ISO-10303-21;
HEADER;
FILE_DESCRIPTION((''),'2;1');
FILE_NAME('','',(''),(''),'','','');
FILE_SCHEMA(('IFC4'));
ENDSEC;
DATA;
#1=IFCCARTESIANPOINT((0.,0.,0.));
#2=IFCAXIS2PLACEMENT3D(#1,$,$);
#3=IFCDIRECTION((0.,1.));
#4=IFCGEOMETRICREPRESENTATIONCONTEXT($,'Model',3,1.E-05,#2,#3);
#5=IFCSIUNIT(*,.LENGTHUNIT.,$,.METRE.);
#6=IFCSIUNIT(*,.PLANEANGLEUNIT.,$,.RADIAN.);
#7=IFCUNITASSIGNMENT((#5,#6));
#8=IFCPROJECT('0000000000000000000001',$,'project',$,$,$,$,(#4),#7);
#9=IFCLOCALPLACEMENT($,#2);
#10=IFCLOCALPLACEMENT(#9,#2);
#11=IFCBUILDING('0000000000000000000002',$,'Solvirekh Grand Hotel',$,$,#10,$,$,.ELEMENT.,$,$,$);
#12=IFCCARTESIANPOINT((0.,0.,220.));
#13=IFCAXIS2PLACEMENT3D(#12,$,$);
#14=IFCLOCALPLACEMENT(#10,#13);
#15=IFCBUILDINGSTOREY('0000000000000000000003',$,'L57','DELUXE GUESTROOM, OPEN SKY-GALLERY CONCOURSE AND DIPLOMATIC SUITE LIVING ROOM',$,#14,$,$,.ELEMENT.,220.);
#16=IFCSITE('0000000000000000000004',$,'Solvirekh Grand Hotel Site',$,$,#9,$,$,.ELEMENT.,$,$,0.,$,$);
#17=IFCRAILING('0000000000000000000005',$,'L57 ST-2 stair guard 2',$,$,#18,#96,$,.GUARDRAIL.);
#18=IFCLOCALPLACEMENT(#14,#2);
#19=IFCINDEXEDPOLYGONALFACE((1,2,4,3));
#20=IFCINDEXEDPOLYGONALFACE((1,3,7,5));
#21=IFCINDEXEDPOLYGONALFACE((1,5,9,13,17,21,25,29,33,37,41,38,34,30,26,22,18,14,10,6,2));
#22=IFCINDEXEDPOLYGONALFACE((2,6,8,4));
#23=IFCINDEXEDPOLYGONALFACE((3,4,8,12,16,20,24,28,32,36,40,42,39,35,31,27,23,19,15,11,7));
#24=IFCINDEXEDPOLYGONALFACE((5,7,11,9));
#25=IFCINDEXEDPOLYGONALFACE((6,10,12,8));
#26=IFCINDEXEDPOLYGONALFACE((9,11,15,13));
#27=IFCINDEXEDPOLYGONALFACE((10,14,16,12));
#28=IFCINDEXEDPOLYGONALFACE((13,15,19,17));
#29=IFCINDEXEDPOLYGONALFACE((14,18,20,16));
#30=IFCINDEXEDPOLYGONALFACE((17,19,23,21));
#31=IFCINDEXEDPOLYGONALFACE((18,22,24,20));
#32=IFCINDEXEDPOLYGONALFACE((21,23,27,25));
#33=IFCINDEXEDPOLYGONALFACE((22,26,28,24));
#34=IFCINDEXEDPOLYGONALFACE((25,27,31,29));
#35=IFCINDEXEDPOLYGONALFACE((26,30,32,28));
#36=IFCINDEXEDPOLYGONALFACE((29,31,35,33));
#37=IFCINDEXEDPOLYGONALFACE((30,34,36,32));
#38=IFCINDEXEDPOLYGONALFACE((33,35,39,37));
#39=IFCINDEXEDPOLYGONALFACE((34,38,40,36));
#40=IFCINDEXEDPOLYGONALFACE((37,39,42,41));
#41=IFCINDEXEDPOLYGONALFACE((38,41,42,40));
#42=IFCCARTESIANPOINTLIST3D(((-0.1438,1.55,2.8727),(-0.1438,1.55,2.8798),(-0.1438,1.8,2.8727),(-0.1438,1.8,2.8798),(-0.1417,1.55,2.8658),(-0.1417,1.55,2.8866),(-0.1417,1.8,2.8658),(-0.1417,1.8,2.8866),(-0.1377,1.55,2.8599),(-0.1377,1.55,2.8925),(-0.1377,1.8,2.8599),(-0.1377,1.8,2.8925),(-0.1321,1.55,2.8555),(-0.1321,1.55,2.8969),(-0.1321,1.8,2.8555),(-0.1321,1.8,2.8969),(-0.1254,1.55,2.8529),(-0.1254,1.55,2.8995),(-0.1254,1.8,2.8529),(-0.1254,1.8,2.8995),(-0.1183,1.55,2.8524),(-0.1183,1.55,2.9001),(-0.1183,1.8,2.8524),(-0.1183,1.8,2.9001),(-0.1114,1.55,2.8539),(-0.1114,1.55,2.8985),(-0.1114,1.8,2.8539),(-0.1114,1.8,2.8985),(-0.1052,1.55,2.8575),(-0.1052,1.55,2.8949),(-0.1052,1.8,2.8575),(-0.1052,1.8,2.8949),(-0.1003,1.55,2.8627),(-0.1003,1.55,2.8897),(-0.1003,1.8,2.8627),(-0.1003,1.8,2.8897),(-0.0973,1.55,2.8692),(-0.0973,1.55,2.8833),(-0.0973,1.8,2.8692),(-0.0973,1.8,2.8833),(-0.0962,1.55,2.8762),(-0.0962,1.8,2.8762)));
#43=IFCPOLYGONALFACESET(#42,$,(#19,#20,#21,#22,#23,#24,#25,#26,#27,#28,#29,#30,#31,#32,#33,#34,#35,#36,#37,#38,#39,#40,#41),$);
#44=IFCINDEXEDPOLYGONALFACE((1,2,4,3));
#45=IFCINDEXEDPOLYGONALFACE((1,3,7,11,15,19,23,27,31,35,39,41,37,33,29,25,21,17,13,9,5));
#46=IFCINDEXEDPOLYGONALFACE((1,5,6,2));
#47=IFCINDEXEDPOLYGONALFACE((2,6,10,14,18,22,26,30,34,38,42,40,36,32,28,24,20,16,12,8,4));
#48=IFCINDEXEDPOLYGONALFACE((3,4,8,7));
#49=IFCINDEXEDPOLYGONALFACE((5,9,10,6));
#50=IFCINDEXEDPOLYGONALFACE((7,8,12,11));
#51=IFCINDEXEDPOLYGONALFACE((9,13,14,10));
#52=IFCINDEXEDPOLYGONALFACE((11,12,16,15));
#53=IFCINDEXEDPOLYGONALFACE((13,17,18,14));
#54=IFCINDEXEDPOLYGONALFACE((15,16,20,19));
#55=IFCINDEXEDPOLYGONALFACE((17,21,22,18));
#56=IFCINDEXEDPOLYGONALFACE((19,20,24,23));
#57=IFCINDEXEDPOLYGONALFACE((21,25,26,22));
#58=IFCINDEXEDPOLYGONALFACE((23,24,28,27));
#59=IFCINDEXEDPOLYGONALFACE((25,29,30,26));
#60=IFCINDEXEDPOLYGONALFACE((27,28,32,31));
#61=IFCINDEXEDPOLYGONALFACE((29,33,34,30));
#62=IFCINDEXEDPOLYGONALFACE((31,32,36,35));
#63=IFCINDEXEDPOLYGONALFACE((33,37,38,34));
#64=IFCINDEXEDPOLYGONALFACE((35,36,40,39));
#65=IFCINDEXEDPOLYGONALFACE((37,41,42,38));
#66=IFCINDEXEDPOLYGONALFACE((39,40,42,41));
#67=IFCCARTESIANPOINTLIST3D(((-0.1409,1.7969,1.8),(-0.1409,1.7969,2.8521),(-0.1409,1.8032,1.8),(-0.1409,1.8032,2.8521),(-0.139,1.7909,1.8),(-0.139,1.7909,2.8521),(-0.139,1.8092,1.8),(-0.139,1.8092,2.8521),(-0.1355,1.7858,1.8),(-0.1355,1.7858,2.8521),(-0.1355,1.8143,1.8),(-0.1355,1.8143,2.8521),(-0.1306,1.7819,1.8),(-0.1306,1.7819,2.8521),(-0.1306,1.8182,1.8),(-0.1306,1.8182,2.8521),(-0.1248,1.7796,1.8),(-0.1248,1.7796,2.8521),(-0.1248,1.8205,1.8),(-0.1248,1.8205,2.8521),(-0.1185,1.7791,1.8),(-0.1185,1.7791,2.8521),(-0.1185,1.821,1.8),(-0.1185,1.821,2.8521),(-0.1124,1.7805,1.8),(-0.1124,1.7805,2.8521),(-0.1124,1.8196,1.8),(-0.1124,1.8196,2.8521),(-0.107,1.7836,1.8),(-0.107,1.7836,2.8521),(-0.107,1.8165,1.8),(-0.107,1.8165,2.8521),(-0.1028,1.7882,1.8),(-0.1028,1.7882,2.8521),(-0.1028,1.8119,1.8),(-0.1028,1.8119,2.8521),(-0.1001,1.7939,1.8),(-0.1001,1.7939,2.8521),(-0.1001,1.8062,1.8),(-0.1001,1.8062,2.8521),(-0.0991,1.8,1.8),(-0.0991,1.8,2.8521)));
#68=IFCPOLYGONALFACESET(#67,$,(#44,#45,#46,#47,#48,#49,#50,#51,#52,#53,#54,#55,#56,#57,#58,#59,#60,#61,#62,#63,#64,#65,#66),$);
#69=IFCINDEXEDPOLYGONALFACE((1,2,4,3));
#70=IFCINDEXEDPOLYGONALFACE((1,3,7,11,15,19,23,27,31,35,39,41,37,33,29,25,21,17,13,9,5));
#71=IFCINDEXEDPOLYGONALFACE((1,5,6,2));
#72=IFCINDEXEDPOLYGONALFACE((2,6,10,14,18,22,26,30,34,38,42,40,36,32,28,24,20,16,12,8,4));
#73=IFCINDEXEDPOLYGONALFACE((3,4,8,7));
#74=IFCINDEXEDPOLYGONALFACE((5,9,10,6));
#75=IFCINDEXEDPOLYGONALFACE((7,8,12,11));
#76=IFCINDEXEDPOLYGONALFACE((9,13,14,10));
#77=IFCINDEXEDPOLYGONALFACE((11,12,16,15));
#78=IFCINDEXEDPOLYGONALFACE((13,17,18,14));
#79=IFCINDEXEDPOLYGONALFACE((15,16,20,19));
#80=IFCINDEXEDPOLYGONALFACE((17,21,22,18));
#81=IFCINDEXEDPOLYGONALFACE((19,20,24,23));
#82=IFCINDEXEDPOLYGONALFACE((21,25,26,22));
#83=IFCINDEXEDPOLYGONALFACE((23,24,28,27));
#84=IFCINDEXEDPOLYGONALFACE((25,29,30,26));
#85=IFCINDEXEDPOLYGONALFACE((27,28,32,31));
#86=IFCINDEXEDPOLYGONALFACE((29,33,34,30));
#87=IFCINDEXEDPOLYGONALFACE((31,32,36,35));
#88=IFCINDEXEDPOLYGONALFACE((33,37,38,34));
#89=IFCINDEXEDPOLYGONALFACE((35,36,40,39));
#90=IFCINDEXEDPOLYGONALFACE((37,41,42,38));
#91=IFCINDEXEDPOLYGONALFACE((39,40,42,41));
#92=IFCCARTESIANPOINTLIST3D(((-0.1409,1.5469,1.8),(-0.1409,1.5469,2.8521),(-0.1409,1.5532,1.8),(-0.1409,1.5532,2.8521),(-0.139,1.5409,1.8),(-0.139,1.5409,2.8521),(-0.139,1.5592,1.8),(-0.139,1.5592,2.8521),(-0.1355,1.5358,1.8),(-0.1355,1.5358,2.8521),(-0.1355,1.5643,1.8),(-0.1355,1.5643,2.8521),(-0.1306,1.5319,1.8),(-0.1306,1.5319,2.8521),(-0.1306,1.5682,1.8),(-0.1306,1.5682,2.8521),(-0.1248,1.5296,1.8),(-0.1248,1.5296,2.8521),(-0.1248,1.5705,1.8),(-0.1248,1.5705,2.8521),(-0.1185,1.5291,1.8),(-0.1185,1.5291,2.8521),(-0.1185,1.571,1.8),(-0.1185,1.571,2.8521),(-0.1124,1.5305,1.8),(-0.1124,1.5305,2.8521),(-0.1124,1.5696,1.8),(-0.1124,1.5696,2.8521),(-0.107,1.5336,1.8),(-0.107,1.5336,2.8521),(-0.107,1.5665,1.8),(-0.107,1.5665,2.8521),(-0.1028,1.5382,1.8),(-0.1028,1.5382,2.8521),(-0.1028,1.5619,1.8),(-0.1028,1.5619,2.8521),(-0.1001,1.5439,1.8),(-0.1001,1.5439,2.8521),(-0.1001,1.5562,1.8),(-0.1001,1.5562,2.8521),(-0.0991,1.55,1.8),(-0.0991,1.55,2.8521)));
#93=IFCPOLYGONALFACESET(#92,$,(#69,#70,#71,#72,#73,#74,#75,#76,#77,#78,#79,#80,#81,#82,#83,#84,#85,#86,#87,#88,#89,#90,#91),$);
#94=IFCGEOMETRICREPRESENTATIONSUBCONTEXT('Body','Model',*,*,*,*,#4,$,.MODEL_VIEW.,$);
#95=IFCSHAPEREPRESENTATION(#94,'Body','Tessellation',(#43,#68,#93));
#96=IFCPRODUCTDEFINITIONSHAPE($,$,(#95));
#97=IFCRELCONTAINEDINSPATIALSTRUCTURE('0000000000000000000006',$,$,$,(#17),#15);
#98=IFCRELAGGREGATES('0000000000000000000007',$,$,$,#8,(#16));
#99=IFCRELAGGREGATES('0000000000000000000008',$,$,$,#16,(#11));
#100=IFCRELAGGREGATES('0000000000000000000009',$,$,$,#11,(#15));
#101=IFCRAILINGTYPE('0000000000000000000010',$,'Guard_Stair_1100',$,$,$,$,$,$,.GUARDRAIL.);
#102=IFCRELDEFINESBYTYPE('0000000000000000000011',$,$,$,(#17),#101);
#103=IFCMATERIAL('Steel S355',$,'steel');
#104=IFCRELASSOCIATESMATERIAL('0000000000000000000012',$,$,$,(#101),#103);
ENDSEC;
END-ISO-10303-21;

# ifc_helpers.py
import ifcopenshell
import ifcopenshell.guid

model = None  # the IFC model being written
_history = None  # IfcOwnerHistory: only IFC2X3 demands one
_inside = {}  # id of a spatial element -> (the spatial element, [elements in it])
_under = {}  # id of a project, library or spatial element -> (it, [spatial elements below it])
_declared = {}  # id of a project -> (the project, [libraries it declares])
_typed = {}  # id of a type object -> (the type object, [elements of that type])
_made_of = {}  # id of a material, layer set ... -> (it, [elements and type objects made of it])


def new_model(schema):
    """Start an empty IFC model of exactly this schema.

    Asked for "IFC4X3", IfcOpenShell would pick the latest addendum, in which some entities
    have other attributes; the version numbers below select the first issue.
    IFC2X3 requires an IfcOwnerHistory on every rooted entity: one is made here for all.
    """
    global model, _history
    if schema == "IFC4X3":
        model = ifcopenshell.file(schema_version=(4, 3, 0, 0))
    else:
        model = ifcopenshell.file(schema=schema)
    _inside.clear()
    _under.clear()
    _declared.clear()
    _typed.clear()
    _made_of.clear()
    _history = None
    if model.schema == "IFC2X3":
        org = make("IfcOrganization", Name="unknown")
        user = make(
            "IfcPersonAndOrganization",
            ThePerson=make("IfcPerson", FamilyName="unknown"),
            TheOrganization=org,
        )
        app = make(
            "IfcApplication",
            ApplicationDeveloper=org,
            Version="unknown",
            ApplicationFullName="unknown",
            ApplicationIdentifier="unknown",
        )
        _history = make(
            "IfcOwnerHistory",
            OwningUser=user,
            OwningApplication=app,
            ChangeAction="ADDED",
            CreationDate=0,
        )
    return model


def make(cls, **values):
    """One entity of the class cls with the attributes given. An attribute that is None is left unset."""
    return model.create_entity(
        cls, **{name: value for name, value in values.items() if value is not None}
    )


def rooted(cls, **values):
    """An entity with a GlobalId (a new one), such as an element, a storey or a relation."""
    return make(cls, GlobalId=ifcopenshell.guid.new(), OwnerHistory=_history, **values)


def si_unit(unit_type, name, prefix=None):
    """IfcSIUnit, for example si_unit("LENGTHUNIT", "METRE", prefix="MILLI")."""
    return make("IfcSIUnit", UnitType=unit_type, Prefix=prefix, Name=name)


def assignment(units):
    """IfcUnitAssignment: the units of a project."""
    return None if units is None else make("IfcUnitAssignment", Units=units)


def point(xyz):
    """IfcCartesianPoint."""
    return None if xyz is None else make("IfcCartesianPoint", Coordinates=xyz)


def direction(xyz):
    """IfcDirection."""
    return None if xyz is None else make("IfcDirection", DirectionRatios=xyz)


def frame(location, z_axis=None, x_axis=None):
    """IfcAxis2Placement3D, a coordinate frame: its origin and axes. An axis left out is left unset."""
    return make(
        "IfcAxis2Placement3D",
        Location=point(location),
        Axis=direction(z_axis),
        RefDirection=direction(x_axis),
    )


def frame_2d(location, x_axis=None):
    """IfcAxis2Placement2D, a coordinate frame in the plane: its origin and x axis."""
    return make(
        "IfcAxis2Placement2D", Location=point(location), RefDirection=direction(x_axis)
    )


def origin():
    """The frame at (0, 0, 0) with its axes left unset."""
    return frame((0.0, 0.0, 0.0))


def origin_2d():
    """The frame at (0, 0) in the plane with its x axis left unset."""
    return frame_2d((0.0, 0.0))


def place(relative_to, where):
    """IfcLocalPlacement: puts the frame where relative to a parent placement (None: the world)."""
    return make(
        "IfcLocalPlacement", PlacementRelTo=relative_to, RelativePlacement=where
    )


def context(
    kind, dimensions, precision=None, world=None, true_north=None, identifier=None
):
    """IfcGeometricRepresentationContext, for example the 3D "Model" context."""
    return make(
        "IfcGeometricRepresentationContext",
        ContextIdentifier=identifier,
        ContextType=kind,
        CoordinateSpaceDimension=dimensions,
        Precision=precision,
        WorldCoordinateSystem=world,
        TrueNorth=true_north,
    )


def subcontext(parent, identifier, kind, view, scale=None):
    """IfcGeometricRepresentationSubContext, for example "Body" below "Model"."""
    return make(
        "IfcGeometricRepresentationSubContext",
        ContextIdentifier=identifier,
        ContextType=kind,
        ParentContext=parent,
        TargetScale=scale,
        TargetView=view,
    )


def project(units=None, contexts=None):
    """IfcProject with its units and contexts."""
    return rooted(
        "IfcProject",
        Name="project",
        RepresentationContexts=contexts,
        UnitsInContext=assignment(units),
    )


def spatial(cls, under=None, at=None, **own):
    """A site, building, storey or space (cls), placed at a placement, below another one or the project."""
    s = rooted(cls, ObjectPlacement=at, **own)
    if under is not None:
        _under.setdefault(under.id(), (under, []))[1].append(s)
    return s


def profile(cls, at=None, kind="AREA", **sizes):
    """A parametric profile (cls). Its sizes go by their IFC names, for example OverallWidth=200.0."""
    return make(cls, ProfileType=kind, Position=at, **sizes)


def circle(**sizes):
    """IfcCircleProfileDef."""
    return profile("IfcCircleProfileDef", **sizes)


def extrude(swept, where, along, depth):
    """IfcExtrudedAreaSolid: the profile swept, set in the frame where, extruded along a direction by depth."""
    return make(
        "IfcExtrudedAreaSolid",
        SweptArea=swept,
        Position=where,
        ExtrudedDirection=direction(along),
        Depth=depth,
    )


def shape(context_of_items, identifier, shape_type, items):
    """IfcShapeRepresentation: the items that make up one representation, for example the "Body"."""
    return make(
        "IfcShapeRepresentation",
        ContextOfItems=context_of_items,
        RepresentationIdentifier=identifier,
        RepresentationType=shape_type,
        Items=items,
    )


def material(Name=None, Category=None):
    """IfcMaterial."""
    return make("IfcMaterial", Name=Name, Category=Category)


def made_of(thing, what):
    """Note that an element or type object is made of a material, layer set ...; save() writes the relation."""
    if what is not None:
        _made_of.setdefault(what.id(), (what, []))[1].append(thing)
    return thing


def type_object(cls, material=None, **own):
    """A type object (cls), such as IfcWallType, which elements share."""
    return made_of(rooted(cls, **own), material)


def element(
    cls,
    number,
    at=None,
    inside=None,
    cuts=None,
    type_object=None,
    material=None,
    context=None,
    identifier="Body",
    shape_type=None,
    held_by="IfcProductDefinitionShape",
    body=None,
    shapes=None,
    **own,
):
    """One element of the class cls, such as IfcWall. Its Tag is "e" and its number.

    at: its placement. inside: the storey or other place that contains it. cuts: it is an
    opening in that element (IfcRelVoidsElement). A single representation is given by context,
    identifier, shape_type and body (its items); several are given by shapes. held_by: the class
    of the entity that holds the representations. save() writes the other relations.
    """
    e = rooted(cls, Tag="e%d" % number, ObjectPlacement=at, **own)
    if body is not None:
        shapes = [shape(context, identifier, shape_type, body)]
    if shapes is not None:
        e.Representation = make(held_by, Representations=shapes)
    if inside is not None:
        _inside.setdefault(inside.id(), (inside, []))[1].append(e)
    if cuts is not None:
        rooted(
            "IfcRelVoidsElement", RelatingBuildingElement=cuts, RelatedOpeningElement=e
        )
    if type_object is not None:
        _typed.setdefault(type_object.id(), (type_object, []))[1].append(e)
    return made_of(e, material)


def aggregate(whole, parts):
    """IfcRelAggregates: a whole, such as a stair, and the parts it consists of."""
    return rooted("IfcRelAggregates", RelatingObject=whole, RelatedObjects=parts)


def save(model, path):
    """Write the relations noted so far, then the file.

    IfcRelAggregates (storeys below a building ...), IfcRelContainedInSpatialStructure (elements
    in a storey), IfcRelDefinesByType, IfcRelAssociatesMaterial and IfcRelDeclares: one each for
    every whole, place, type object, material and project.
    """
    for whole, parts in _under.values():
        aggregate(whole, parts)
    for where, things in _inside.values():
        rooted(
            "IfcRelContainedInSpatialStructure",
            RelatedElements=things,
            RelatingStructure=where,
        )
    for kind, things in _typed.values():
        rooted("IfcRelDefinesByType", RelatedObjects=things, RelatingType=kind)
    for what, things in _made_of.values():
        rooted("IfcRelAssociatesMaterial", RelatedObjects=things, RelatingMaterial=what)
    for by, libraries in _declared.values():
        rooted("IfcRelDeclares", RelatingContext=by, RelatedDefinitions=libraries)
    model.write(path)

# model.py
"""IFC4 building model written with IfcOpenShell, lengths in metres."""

from ifc_helpers import new_model, si_unit, direction, frame, origin, origin_2d, place, context, subcontext, project, spatial, circle, extrude, material, type_object, element, save


model = new_model("IFC4")

# Units and contexts
model_context = context("Model", 3, precision=1e-05, world=origin(), true_north=direction((0.0, 1.0)))
body_context = subcontext(model_context, "Body", "Model", "MODEL_VIEW")
ifc_project = project(units=[si_unit("LENGTHUNIT", "METRE"), si_unit("PLANEANGLEUNIT", "RADIAN")], contexts=[model_context])

# Site, building, storey
site_placement = place(None, origin())
site = spatial("IfcSite", under=ifc_project, at=site_placement, Name="Solvirekh Grand Hotel Site", CompositionType="ELEMENT", RefElevation=0.0)
building_placement = place(site_placement, origin())
building = spatial("IfcBuilding", under=site, at=building_placement, Name="Solvirekh Grand Hotel", CompositionType="ELEMENT")
storey_placement = place(building_placement, frame((0.0, 0.0, 220.0)))
storey = spatial("IfcBuildingStorey", under=building, at=storey_placement, Name="L57", Description="DELUXE GUESTROOM, OPEN SKY-GALLERY CONCOURSE AND DIPLOMATIC SUITE LIVING ROOM", CompositionType="ELEMENT", Elevation=220.0)

# Railing
ifc_material_1 = material(Name="Steel S355", Category="steel")
railing_type_1 = type_object("IfcRailingType", Name="Guard_Stair_1100", PredefinedType="GUARDRAIL", material=ifc_material_1)
railing_1_placement = place(storey_placement, frame((-0.1201, 1.8, 1.8)))
element("IfcRailing", 1, at=railing_1_placement, inside=storey, type_object=railing_type_1, Name="L57 ST-2 stair guard 2", PredefinedType="GUARDRAIL", context=body_context, shape_type="SweptSolid", body=[
    extrude(circle(Radius=0.0239, at=origin_2d()), frame((0.0, 0.0, 1.0762), z_axis=(0.0, -1.0, 0.0), x_axis=(1.0, 0.0, 0.0)), (0.0, 0.0, 1.0), 0.25),
    extrude(circle(Radius=0.021, at=origin_2d()), origin(), (0.0, 0.0, 1.0), 1.052),
    extrude(circle(Radius=0.021, at=origin_2d()), frame((0.0, -0.25, 0.0)), (0.0, 0.0, 1.0), 1.052),
])

save(model, "model.ifc")
